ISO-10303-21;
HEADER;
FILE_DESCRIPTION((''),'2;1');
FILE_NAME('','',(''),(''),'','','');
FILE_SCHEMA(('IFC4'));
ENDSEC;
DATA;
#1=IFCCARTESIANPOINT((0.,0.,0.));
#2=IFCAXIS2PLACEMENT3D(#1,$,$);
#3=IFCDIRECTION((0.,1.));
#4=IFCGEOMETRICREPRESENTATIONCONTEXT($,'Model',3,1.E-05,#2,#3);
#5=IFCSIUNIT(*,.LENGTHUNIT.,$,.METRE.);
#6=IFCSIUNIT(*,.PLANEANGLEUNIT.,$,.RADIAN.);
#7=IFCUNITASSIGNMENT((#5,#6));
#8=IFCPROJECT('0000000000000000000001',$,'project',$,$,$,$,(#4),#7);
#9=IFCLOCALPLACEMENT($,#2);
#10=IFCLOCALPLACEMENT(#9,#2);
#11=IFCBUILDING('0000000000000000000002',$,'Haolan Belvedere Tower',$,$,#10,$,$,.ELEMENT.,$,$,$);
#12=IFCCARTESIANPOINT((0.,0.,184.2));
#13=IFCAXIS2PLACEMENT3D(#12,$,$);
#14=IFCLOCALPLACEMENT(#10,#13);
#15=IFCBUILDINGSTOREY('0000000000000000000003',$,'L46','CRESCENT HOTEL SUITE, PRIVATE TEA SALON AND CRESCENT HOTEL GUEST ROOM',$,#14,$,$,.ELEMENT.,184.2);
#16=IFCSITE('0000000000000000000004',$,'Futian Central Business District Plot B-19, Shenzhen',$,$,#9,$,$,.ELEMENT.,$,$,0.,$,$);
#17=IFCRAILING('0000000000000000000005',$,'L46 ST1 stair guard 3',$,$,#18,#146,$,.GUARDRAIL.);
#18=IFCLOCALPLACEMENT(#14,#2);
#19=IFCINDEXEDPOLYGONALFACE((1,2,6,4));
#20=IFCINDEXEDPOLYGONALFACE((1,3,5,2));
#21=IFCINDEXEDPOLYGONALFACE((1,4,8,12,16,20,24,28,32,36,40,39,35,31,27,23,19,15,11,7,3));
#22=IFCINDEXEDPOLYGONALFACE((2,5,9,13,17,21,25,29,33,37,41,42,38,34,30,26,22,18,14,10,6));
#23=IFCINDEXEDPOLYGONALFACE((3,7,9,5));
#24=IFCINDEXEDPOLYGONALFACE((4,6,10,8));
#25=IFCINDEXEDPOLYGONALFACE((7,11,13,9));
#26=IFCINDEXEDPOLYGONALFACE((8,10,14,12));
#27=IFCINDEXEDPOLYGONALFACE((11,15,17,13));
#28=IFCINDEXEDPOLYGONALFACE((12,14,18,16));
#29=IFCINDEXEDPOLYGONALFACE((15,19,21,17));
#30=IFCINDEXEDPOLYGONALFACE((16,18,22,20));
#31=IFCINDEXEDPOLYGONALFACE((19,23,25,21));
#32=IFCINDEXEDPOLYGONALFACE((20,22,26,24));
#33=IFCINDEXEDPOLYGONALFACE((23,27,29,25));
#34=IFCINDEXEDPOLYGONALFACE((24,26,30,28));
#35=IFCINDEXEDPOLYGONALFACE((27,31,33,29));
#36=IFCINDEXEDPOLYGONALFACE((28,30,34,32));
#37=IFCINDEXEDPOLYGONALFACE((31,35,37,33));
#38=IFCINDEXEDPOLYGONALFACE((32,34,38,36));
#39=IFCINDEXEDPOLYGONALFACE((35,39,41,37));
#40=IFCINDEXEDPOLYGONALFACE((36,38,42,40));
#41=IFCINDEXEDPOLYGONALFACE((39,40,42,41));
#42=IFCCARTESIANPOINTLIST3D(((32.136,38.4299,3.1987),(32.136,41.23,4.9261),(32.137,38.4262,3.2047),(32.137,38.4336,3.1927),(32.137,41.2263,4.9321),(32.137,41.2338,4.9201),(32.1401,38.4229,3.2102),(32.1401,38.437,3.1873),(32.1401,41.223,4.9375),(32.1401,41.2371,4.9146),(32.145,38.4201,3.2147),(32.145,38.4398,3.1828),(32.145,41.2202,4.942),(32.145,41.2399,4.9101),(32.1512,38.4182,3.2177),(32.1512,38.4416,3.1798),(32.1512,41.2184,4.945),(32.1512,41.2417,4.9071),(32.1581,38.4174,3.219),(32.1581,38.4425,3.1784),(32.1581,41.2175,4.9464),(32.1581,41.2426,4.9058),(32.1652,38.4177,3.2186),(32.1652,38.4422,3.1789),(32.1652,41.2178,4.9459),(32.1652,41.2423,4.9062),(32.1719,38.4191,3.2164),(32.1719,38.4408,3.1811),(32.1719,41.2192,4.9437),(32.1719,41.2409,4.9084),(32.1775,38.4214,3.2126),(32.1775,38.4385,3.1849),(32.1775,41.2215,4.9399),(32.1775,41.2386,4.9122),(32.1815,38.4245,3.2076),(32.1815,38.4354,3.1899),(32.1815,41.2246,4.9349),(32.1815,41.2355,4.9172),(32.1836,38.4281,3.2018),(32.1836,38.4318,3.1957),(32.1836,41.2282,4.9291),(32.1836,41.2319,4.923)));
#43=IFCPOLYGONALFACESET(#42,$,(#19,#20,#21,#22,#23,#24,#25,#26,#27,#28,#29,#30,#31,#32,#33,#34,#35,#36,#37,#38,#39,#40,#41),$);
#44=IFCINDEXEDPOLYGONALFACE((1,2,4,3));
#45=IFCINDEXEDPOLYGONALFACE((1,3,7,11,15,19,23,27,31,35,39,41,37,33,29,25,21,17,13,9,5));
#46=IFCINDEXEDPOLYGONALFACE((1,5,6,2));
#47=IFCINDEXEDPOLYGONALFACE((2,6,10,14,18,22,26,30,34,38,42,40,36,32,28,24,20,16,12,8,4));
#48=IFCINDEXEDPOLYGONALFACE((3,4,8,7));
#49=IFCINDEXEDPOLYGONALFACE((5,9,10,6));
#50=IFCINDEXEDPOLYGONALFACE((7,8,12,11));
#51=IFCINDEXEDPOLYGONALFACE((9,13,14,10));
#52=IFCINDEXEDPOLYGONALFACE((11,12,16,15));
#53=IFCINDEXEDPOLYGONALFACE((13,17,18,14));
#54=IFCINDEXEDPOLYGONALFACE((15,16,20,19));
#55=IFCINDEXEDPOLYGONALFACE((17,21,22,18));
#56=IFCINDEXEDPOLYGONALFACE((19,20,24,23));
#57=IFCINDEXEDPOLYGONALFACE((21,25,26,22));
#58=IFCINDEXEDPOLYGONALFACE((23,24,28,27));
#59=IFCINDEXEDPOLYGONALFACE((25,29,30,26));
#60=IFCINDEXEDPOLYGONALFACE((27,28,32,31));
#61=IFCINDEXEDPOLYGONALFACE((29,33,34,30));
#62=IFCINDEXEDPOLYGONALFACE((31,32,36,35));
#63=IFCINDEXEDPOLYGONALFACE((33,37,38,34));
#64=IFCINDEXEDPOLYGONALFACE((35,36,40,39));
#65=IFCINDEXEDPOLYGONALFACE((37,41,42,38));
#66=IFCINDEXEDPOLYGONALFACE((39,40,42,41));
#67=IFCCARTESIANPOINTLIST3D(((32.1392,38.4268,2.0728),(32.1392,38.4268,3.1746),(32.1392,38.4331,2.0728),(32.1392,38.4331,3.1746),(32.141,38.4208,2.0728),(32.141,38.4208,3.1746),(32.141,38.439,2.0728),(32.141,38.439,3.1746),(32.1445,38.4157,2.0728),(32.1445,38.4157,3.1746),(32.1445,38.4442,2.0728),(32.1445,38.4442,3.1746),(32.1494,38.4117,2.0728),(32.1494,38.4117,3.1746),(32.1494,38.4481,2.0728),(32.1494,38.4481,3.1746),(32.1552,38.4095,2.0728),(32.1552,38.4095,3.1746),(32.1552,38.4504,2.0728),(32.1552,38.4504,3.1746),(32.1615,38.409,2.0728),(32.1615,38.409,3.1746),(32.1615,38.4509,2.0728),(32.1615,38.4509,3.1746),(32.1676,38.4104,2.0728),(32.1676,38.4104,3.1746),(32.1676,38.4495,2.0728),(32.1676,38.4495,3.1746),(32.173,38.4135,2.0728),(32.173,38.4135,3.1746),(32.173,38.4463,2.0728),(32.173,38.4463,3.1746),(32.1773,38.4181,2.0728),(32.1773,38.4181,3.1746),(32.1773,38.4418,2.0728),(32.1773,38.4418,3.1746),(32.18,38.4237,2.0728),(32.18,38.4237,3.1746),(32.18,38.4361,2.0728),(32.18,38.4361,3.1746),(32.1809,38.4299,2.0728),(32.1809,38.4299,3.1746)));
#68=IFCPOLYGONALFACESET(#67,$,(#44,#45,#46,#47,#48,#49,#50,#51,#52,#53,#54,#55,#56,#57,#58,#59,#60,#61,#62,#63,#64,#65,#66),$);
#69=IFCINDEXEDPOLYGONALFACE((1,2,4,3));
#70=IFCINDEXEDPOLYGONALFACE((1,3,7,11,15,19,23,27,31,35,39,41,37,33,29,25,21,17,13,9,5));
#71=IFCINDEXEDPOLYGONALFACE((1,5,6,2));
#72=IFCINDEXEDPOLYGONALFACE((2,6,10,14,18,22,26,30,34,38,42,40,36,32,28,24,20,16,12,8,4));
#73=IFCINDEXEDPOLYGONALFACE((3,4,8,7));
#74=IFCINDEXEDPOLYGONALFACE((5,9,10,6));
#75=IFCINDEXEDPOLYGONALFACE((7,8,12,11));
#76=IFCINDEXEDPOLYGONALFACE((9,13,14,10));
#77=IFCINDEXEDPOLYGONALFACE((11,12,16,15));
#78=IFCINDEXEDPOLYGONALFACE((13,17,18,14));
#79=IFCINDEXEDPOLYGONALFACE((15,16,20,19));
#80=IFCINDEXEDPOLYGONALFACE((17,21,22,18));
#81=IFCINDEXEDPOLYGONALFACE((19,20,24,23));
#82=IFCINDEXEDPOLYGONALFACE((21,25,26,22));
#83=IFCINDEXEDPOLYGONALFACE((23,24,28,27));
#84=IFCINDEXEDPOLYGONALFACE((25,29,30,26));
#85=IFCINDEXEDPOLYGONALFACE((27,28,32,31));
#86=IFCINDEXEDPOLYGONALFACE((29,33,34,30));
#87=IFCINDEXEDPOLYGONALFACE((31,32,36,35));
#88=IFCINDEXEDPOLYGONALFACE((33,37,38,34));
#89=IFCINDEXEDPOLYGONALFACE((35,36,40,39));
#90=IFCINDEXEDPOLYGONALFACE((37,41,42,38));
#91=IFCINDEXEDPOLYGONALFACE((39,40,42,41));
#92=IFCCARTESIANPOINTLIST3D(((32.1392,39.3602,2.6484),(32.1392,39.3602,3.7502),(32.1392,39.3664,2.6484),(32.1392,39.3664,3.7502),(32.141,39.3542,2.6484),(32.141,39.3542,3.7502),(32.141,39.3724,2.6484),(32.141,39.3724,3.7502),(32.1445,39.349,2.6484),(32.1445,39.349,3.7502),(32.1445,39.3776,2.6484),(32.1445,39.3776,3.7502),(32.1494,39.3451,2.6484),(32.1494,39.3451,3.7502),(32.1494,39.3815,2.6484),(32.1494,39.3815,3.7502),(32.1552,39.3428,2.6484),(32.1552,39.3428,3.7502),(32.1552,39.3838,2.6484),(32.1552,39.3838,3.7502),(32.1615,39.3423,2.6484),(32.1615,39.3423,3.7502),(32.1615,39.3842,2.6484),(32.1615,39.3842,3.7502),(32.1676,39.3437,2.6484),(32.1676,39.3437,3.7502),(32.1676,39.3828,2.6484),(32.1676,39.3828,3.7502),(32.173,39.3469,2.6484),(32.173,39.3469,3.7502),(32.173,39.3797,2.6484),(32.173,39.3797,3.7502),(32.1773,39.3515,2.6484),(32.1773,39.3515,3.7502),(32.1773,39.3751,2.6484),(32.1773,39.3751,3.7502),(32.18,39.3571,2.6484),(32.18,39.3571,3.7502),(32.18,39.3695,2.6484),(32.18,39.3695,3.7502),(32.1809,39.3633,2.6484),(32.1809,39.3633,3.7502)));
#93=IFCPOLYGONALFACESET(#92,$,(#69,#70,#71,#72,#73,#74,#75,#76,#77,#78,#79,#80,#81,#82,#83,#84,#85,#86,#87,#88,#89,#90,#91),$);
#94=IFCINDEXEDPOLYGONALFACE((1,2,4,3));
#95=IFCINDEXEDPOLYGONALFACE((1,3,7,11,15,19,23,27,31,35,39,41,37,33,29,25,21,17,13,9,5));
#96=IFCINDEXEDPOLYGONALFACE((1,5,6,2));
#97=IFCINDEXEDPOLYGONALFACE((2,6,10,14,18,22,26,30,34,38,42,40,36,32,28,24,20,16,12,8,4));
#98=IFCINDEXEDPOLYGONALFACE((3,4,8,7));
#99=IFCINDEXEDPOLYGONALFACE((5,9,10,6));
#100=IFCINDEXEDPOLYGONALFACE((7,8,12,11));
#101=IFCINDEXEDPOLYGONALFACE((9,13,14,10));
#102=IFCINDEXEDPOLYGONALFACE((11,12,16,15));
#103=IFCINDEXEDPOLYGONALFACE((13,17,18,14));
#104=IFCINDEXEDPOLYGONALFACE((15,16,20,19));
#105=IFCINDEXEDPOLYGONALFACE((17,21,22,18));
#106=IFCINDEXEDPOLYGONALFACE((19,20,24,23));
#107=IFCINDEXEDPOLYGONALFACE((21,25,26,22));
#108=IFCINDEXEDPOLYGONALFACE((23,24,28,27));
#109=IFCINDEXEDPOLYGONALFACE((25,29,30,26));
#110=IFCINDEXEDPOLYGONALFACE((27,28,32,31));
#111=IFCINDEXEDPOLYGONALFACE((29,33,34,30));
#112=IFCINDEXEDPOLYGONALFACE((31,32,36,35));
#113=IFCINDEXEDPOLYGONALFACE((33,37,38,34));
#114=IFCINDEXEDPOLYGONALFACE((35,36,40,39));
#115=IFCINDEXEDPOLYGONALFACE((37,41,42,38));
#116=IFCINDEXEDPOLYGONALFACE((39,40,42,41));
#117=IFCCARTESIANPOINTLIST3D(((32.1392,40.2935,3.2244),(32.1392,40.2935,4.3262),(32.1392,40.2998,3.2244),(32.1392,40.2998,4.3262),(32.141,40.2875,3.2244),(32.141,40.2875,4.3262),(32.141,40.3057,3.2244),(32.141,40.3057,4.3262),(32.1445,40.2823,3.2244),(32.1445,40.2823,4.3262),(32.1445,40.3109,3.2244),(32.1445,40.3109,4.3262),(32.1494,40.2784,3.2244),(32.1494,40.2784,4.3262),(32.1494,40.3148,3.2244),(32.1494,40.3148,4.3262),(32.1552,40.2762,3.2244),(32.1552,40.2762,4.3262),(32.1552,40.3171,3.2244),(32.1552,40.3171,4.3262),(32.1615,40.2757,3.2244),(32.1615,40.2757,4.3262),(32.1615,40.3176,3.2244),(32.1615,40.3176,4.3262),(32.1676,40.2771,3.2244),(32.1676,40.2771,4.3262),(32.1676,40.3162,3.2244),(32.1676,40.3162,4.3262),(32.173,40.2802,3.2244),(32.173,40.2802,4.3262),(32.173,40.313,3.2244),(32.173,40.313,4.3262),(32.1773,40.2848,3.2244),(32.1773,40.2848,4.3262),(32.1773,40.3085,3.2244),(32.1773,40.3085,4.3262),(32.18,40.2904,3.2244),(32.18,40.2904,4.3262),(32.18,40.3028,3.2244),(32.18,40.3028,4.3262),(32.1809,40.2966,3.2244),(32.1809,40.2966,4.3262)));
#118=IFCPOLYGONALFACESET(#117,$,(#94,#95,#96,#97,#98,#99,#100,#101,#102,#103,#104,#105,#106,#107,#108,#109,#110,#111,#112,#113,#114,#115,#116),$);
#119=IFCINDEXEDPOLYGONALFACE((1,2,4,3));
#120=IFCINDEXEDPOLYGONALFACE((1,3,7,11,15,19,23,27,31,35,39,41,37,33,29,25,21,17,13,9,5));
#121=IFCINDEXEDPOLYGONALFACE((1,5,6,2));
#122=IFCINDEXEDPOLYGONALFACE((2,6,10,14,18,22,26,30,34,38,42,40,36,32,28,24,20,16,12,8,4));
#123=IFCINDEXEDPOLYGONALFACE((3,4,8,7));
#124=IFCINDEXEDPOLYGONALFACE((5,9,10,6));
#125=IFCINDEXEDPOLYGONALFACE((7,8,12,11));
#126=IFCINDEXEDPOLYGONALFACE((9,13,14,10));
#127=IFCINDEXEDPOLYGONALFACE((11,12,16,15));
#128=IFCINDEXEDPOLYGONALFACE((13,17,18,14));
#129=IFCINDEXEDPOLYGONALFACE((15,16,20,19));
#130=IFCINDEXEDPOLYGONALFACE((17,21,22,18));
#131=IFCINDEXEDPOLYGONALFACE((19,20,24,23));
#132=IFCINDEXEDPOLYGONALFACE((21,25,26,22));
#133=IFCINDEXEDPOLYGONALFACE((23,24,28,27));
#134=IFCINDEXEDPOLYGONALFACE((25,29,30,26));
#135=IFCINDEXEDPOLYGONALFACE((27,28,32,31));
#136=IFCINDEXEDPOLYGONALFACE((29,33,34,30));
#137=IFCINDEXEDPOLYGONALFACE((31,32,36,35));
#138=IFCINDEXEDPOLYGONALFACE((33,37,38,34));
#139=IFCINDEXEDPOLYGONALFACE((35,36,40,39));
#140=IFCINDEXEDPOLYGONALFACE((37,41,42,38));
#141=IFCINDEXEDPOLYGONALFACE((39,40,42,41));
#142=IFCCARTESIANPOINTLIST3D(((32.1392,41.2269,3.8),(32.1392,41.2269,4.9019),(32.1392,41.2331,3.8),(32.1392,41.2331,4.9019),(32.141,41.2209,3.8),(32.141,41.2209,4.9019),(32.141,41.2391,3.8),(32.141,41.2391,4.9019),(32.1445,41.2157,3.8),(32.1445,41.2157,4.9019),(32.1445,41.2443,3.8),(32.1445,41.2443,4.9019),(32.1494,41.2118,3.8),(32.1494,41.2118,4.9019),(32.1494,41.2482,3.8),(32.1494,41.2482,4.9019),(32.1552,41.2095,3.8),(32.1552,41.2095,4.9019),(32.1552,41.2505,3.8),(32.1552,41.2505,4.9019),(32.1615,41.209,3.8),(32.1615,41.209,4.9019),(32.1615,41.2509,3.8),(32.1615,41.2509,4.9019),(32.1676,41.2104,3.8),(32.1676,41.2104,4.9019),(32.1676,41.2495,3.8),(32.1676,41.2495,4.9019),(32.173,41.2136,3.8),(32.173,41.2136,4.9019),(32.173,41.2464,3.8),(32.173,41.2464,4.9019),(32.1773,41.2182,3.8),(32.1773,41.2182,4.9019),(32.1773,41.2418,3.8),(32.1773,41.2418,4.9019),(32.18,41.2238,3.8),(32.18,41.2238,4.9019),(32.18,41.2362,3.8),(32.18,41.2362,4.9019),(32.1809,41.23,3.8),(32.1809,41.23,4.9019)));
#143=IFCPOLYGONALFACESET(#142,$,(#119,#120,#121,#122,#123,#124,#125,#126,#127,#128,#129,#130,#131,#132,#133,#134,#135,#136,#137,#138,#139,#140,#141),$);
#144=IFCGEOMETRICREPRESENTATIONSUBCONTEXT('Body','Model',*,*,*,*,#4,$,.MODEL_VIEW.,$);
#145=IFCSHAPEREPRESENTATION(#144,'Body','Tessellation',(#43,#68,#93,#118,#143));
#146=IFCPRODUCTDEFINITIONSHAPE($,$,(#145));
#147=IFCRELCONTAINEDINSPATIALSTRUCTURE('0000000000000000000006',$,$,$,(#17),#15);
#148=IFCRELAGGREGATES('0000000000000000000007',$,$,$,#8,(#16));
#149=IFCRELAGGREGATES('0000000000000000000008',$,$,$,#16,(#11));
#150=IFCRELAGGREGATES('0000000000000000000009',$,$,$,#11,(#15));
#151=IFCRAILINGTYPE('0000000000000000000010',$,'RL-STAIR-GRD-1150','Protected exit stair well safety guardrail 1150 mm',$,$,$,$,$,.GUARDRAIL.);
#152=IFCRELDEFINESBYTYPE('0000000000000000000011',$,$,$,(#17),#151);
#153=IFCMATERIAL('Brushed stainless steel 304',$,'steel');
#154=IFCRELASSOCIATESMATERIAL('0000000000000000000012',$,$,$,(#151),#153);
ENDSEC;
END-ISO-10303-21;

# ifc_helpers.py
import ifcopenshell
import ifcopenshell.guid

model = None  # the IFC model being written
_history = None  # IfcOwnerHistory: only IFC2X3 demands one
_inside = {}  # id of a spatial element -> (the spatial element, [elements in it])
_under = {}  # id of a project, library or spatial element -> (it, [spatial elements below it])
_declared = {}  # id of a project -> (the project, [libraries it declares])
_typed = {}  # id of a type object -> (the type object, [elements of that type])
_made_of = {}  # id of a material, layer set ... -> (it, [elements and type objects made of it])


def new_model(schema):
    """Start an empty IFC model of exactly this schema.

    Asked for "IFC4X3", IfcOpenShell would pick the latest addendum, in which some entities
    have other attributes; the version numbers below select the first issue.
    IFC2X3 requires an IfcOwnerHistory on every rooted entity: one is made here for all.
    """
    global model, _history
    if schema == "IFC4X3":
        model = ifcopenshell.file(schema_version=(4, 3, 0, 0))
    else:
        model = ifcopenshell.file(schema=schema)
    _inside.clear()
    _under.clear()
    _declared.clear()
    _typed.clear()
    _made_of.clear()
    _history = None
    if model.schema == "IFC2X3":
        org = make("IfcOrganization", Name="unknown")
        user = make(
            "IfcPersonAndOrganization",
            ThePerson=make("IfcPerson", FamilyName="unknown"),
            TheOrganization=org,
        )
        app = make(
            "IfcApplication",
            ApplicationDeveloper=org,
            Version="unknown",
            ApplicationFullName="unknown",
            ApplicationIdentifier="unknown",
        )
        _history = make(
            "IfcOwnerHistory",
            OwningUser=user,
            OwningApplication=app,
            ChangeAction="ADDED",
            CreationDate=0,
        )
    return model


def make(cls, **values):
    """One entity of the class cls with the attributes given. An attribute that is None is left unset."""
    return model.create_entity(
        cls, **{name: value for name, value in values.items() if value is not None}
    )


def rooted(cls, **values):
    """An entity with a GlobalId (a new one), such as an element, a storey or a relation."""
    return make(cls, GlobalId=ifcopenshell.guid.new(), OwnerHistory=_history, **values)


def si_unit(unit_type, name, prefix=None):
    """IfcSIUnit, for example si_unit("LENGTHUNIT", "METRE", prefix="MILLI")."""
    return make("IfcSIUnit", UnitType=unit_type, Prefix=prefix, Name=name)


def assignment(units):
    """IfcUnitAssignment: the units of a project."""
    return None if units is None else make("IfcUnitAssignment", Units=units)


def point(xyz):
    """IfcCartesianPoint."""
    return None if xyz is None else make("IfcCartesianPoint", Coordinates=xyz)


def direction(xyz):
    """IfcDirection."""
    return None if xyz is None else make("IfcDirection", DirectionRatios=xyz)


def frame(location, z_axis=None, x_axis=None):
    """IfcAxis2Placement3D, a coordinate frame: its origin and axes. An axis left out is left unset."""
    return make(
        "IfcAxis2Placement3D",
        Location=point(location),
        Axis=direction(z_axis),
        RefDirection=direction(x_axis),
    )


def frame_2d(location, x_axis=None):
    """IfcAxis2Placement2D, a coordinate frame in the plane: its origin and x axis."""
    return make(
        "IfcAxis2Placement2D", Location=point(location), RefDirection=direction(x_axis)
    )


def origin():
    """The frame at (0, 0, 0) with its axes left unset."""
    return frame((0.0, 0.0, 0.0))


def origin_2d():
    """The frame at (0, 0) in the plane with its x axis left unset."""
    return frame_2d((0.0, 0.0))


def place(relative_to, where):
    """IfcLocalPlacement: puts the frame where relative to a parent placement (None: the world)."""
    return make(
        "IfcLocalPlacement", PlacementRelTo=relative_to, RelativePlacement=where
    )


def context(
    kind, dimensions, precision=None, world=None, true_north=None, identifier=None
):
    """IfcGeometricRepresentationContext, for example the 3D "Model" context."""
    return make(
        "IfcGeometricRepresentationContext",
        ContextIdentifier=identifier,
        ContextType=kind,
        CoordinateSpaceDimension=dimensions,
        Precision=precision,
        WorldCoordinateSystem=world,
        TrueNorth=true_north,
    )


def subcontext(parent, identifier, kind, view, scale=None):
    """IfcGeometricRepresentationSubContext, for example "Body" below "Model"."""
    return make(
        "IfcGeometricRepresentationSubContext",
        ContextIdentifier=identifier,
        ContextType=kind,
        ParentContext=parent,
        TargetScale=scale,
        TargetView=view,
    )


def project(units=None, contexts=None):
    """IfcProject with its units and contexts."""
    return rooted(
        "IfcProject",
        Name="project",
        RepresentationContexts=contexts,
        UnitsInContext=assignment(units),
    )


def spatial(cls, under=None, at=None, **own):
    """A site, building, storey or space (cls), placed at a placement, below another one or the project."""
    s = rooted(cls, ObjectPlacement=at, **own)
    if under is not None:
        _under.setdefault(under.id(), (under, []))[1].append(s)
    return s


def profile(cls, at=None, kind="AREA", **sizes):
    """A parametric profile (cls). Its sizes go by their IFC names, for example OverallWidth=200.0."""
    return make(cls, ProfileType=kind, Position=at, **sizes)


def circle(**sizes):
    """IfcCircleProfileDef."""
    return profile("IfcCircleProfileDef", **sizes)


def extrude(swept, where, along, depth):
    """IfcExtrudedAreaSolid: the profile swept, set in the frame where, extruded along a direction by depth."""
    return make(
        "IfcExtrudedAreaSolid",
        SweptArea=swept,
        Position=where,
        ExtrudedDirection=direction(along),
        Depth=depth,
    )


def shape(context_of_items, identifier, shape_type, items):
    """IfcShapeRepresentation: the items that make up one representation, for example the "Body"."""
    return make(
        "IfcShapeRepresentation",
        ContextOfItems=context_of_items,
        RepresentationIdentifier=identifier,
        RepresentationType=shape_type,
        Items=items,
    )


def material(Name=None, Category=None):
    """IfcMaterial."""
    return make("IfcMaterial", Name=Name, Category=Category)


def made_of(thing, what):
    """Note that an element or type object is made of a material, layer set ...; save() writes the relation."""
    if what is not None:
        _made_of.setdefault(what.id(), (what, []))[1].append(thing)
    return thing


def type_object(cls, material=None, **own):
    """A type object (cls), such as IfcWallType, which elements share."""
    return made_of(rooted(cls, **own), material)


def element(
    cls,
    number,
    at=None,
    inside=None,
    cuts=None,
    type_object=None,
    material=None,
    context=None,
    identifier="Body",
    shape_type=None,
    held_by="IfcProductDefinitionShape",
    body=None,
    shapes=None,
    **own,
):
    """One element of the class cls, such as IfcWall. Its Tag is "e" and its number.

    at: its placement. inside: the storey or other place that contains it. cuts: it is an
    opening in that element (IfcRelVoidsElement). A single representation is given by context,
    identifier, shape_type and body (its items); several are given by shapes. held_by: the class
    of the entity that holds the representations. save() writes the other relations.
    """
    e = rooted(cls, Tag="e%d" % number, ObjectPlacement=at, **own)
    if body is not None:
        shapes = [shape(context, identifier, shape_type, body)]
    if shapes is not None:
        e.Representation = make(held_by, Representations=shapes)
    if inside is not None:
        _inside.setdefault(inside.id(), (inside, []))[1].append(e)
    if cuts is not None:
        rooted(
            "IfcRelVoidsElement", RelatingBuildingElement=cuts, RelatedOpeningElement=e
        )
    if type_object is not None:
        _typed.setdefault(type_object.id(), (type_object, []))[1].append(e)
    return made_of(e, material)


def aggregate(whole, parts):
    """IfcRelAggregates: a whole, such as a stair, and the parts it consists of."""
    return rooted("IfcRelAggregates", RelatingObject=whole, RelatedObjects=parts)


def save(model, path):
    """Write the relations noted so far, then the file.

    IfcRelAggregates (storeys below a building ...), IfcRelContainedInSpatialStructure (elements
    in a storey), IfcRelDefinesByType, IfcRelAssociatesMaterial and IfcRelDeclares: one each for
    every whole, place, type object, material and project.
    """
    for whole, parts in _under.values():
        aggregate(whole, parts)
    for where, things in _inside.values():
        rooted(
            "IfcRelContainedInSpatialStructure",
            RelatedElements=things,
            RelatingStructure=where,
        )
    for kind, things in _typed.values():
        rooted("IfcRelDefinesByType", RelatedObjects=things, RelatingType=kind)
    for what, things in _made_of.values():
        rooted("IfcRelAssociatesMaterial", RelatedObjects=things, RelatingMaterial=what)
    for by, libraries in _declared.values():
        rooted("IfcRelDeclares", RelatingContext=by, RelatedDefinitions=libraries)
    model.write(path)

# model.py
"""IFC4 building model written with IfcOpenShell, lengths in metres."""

from ifc_helpers import new_model, si_unit, direction, frame, origin, origin_2d, place, context, subcontext, project, spatial, circle, extrude, material, type_object, element, save


model = new_model("IFC4")

# Units and contexts
model_context = context("Model", 3, precision=1e-05, world=origin(), true_north=direction((0.0, 1.0)))
body_context = subcontext(model_context, "Body", "Model", "MODEL_VIEW")
ifc_project = project(units=[si_unit("LENGTHUNIT", "METRE"), si_unit("PLANEANGLEUNIT", "RADIAN")], contexts=[model_context])

# Site, building, storey
site_placement = place(None, origin())
site = spatial("IfcSite", under=ifc_project, at=site_placement, Name="Futian Central Business District Plot B-19, Shenzhen", CompositionType="ELEMENT", RefElevation=0.0)
building_placement = place(site_placement, origin())
building = spatial("IfcBuilding", under=site, at=building_placement, Name="Haolan Belvedere Tower", CompositionType="ELEMENT")
storey_placement = place(building_placement, frame((0.0, 0.0, 184.2)))
storey = spatial("IfcBuildingStorey", under=building, at=storey_placement, Name="L46", Description="CRESCENT HOTEL SUITE, PRIVATE TEA SALON AND CRESCENT HOTEL GUEST ROOM", CompositionType="ELEMENT", Elevation=184.2)

# Railing
ifc_material_1 = material(Name="Brushed stainless steel 304", Category="steel")
railing_type_1 = type_object("IfcRailingType", Name="RL-STAIR-GRD-1150", Description="Protected exit stair well safety guardrail 1150 mm", PredefinedType="GUARDRAIL", material=ifc_material_1)
railing_1_placement = place(storey_placement, frame((32.1599, 38.4299, 2.0728)))
element("IfcRailing", 1, at=railing_1_placement, inside=storey, type_object=railing_type_1, Name="L46 ST1 stair guard 3", PredefinedType="GUARDRAIL", context=body_context, shape_type="SweptSolid", body=[
    extrude(circle(Radius=0.0239, at=origin_2d()), frame((0.0, 0.0, 1.126), z_axis=(0.0, 0.85109, 0.52502), x_axis=(-1.0, 0.0, 0.0)), (0.0, 0.0, 1.0), 3.29),
    extrude(circle(Radius=0.021, at=origin_2d()), origin(), (0.0, 0.0, 1.0), 1.1018),
    extrude(circle(Radius=0.021, at=origin_2d()), frame((0.0, 0.9333, 0.5757)), (0.0, 0.0, 1.0), 1.1018),
    extrude(circle(Radius=0.021, at=origin_2d()), frame((0.0, 1.8667, 1.1516)), (0.0, 0.0, 1.0), 1.1018),
    extrude(circle(Radius=0.021, at=origin_2d()), frame((0.0, 2.8, 1.7273)), (0.0, 0.0, 1.0), 1.1018),
])

save(model, "model.ifc")
